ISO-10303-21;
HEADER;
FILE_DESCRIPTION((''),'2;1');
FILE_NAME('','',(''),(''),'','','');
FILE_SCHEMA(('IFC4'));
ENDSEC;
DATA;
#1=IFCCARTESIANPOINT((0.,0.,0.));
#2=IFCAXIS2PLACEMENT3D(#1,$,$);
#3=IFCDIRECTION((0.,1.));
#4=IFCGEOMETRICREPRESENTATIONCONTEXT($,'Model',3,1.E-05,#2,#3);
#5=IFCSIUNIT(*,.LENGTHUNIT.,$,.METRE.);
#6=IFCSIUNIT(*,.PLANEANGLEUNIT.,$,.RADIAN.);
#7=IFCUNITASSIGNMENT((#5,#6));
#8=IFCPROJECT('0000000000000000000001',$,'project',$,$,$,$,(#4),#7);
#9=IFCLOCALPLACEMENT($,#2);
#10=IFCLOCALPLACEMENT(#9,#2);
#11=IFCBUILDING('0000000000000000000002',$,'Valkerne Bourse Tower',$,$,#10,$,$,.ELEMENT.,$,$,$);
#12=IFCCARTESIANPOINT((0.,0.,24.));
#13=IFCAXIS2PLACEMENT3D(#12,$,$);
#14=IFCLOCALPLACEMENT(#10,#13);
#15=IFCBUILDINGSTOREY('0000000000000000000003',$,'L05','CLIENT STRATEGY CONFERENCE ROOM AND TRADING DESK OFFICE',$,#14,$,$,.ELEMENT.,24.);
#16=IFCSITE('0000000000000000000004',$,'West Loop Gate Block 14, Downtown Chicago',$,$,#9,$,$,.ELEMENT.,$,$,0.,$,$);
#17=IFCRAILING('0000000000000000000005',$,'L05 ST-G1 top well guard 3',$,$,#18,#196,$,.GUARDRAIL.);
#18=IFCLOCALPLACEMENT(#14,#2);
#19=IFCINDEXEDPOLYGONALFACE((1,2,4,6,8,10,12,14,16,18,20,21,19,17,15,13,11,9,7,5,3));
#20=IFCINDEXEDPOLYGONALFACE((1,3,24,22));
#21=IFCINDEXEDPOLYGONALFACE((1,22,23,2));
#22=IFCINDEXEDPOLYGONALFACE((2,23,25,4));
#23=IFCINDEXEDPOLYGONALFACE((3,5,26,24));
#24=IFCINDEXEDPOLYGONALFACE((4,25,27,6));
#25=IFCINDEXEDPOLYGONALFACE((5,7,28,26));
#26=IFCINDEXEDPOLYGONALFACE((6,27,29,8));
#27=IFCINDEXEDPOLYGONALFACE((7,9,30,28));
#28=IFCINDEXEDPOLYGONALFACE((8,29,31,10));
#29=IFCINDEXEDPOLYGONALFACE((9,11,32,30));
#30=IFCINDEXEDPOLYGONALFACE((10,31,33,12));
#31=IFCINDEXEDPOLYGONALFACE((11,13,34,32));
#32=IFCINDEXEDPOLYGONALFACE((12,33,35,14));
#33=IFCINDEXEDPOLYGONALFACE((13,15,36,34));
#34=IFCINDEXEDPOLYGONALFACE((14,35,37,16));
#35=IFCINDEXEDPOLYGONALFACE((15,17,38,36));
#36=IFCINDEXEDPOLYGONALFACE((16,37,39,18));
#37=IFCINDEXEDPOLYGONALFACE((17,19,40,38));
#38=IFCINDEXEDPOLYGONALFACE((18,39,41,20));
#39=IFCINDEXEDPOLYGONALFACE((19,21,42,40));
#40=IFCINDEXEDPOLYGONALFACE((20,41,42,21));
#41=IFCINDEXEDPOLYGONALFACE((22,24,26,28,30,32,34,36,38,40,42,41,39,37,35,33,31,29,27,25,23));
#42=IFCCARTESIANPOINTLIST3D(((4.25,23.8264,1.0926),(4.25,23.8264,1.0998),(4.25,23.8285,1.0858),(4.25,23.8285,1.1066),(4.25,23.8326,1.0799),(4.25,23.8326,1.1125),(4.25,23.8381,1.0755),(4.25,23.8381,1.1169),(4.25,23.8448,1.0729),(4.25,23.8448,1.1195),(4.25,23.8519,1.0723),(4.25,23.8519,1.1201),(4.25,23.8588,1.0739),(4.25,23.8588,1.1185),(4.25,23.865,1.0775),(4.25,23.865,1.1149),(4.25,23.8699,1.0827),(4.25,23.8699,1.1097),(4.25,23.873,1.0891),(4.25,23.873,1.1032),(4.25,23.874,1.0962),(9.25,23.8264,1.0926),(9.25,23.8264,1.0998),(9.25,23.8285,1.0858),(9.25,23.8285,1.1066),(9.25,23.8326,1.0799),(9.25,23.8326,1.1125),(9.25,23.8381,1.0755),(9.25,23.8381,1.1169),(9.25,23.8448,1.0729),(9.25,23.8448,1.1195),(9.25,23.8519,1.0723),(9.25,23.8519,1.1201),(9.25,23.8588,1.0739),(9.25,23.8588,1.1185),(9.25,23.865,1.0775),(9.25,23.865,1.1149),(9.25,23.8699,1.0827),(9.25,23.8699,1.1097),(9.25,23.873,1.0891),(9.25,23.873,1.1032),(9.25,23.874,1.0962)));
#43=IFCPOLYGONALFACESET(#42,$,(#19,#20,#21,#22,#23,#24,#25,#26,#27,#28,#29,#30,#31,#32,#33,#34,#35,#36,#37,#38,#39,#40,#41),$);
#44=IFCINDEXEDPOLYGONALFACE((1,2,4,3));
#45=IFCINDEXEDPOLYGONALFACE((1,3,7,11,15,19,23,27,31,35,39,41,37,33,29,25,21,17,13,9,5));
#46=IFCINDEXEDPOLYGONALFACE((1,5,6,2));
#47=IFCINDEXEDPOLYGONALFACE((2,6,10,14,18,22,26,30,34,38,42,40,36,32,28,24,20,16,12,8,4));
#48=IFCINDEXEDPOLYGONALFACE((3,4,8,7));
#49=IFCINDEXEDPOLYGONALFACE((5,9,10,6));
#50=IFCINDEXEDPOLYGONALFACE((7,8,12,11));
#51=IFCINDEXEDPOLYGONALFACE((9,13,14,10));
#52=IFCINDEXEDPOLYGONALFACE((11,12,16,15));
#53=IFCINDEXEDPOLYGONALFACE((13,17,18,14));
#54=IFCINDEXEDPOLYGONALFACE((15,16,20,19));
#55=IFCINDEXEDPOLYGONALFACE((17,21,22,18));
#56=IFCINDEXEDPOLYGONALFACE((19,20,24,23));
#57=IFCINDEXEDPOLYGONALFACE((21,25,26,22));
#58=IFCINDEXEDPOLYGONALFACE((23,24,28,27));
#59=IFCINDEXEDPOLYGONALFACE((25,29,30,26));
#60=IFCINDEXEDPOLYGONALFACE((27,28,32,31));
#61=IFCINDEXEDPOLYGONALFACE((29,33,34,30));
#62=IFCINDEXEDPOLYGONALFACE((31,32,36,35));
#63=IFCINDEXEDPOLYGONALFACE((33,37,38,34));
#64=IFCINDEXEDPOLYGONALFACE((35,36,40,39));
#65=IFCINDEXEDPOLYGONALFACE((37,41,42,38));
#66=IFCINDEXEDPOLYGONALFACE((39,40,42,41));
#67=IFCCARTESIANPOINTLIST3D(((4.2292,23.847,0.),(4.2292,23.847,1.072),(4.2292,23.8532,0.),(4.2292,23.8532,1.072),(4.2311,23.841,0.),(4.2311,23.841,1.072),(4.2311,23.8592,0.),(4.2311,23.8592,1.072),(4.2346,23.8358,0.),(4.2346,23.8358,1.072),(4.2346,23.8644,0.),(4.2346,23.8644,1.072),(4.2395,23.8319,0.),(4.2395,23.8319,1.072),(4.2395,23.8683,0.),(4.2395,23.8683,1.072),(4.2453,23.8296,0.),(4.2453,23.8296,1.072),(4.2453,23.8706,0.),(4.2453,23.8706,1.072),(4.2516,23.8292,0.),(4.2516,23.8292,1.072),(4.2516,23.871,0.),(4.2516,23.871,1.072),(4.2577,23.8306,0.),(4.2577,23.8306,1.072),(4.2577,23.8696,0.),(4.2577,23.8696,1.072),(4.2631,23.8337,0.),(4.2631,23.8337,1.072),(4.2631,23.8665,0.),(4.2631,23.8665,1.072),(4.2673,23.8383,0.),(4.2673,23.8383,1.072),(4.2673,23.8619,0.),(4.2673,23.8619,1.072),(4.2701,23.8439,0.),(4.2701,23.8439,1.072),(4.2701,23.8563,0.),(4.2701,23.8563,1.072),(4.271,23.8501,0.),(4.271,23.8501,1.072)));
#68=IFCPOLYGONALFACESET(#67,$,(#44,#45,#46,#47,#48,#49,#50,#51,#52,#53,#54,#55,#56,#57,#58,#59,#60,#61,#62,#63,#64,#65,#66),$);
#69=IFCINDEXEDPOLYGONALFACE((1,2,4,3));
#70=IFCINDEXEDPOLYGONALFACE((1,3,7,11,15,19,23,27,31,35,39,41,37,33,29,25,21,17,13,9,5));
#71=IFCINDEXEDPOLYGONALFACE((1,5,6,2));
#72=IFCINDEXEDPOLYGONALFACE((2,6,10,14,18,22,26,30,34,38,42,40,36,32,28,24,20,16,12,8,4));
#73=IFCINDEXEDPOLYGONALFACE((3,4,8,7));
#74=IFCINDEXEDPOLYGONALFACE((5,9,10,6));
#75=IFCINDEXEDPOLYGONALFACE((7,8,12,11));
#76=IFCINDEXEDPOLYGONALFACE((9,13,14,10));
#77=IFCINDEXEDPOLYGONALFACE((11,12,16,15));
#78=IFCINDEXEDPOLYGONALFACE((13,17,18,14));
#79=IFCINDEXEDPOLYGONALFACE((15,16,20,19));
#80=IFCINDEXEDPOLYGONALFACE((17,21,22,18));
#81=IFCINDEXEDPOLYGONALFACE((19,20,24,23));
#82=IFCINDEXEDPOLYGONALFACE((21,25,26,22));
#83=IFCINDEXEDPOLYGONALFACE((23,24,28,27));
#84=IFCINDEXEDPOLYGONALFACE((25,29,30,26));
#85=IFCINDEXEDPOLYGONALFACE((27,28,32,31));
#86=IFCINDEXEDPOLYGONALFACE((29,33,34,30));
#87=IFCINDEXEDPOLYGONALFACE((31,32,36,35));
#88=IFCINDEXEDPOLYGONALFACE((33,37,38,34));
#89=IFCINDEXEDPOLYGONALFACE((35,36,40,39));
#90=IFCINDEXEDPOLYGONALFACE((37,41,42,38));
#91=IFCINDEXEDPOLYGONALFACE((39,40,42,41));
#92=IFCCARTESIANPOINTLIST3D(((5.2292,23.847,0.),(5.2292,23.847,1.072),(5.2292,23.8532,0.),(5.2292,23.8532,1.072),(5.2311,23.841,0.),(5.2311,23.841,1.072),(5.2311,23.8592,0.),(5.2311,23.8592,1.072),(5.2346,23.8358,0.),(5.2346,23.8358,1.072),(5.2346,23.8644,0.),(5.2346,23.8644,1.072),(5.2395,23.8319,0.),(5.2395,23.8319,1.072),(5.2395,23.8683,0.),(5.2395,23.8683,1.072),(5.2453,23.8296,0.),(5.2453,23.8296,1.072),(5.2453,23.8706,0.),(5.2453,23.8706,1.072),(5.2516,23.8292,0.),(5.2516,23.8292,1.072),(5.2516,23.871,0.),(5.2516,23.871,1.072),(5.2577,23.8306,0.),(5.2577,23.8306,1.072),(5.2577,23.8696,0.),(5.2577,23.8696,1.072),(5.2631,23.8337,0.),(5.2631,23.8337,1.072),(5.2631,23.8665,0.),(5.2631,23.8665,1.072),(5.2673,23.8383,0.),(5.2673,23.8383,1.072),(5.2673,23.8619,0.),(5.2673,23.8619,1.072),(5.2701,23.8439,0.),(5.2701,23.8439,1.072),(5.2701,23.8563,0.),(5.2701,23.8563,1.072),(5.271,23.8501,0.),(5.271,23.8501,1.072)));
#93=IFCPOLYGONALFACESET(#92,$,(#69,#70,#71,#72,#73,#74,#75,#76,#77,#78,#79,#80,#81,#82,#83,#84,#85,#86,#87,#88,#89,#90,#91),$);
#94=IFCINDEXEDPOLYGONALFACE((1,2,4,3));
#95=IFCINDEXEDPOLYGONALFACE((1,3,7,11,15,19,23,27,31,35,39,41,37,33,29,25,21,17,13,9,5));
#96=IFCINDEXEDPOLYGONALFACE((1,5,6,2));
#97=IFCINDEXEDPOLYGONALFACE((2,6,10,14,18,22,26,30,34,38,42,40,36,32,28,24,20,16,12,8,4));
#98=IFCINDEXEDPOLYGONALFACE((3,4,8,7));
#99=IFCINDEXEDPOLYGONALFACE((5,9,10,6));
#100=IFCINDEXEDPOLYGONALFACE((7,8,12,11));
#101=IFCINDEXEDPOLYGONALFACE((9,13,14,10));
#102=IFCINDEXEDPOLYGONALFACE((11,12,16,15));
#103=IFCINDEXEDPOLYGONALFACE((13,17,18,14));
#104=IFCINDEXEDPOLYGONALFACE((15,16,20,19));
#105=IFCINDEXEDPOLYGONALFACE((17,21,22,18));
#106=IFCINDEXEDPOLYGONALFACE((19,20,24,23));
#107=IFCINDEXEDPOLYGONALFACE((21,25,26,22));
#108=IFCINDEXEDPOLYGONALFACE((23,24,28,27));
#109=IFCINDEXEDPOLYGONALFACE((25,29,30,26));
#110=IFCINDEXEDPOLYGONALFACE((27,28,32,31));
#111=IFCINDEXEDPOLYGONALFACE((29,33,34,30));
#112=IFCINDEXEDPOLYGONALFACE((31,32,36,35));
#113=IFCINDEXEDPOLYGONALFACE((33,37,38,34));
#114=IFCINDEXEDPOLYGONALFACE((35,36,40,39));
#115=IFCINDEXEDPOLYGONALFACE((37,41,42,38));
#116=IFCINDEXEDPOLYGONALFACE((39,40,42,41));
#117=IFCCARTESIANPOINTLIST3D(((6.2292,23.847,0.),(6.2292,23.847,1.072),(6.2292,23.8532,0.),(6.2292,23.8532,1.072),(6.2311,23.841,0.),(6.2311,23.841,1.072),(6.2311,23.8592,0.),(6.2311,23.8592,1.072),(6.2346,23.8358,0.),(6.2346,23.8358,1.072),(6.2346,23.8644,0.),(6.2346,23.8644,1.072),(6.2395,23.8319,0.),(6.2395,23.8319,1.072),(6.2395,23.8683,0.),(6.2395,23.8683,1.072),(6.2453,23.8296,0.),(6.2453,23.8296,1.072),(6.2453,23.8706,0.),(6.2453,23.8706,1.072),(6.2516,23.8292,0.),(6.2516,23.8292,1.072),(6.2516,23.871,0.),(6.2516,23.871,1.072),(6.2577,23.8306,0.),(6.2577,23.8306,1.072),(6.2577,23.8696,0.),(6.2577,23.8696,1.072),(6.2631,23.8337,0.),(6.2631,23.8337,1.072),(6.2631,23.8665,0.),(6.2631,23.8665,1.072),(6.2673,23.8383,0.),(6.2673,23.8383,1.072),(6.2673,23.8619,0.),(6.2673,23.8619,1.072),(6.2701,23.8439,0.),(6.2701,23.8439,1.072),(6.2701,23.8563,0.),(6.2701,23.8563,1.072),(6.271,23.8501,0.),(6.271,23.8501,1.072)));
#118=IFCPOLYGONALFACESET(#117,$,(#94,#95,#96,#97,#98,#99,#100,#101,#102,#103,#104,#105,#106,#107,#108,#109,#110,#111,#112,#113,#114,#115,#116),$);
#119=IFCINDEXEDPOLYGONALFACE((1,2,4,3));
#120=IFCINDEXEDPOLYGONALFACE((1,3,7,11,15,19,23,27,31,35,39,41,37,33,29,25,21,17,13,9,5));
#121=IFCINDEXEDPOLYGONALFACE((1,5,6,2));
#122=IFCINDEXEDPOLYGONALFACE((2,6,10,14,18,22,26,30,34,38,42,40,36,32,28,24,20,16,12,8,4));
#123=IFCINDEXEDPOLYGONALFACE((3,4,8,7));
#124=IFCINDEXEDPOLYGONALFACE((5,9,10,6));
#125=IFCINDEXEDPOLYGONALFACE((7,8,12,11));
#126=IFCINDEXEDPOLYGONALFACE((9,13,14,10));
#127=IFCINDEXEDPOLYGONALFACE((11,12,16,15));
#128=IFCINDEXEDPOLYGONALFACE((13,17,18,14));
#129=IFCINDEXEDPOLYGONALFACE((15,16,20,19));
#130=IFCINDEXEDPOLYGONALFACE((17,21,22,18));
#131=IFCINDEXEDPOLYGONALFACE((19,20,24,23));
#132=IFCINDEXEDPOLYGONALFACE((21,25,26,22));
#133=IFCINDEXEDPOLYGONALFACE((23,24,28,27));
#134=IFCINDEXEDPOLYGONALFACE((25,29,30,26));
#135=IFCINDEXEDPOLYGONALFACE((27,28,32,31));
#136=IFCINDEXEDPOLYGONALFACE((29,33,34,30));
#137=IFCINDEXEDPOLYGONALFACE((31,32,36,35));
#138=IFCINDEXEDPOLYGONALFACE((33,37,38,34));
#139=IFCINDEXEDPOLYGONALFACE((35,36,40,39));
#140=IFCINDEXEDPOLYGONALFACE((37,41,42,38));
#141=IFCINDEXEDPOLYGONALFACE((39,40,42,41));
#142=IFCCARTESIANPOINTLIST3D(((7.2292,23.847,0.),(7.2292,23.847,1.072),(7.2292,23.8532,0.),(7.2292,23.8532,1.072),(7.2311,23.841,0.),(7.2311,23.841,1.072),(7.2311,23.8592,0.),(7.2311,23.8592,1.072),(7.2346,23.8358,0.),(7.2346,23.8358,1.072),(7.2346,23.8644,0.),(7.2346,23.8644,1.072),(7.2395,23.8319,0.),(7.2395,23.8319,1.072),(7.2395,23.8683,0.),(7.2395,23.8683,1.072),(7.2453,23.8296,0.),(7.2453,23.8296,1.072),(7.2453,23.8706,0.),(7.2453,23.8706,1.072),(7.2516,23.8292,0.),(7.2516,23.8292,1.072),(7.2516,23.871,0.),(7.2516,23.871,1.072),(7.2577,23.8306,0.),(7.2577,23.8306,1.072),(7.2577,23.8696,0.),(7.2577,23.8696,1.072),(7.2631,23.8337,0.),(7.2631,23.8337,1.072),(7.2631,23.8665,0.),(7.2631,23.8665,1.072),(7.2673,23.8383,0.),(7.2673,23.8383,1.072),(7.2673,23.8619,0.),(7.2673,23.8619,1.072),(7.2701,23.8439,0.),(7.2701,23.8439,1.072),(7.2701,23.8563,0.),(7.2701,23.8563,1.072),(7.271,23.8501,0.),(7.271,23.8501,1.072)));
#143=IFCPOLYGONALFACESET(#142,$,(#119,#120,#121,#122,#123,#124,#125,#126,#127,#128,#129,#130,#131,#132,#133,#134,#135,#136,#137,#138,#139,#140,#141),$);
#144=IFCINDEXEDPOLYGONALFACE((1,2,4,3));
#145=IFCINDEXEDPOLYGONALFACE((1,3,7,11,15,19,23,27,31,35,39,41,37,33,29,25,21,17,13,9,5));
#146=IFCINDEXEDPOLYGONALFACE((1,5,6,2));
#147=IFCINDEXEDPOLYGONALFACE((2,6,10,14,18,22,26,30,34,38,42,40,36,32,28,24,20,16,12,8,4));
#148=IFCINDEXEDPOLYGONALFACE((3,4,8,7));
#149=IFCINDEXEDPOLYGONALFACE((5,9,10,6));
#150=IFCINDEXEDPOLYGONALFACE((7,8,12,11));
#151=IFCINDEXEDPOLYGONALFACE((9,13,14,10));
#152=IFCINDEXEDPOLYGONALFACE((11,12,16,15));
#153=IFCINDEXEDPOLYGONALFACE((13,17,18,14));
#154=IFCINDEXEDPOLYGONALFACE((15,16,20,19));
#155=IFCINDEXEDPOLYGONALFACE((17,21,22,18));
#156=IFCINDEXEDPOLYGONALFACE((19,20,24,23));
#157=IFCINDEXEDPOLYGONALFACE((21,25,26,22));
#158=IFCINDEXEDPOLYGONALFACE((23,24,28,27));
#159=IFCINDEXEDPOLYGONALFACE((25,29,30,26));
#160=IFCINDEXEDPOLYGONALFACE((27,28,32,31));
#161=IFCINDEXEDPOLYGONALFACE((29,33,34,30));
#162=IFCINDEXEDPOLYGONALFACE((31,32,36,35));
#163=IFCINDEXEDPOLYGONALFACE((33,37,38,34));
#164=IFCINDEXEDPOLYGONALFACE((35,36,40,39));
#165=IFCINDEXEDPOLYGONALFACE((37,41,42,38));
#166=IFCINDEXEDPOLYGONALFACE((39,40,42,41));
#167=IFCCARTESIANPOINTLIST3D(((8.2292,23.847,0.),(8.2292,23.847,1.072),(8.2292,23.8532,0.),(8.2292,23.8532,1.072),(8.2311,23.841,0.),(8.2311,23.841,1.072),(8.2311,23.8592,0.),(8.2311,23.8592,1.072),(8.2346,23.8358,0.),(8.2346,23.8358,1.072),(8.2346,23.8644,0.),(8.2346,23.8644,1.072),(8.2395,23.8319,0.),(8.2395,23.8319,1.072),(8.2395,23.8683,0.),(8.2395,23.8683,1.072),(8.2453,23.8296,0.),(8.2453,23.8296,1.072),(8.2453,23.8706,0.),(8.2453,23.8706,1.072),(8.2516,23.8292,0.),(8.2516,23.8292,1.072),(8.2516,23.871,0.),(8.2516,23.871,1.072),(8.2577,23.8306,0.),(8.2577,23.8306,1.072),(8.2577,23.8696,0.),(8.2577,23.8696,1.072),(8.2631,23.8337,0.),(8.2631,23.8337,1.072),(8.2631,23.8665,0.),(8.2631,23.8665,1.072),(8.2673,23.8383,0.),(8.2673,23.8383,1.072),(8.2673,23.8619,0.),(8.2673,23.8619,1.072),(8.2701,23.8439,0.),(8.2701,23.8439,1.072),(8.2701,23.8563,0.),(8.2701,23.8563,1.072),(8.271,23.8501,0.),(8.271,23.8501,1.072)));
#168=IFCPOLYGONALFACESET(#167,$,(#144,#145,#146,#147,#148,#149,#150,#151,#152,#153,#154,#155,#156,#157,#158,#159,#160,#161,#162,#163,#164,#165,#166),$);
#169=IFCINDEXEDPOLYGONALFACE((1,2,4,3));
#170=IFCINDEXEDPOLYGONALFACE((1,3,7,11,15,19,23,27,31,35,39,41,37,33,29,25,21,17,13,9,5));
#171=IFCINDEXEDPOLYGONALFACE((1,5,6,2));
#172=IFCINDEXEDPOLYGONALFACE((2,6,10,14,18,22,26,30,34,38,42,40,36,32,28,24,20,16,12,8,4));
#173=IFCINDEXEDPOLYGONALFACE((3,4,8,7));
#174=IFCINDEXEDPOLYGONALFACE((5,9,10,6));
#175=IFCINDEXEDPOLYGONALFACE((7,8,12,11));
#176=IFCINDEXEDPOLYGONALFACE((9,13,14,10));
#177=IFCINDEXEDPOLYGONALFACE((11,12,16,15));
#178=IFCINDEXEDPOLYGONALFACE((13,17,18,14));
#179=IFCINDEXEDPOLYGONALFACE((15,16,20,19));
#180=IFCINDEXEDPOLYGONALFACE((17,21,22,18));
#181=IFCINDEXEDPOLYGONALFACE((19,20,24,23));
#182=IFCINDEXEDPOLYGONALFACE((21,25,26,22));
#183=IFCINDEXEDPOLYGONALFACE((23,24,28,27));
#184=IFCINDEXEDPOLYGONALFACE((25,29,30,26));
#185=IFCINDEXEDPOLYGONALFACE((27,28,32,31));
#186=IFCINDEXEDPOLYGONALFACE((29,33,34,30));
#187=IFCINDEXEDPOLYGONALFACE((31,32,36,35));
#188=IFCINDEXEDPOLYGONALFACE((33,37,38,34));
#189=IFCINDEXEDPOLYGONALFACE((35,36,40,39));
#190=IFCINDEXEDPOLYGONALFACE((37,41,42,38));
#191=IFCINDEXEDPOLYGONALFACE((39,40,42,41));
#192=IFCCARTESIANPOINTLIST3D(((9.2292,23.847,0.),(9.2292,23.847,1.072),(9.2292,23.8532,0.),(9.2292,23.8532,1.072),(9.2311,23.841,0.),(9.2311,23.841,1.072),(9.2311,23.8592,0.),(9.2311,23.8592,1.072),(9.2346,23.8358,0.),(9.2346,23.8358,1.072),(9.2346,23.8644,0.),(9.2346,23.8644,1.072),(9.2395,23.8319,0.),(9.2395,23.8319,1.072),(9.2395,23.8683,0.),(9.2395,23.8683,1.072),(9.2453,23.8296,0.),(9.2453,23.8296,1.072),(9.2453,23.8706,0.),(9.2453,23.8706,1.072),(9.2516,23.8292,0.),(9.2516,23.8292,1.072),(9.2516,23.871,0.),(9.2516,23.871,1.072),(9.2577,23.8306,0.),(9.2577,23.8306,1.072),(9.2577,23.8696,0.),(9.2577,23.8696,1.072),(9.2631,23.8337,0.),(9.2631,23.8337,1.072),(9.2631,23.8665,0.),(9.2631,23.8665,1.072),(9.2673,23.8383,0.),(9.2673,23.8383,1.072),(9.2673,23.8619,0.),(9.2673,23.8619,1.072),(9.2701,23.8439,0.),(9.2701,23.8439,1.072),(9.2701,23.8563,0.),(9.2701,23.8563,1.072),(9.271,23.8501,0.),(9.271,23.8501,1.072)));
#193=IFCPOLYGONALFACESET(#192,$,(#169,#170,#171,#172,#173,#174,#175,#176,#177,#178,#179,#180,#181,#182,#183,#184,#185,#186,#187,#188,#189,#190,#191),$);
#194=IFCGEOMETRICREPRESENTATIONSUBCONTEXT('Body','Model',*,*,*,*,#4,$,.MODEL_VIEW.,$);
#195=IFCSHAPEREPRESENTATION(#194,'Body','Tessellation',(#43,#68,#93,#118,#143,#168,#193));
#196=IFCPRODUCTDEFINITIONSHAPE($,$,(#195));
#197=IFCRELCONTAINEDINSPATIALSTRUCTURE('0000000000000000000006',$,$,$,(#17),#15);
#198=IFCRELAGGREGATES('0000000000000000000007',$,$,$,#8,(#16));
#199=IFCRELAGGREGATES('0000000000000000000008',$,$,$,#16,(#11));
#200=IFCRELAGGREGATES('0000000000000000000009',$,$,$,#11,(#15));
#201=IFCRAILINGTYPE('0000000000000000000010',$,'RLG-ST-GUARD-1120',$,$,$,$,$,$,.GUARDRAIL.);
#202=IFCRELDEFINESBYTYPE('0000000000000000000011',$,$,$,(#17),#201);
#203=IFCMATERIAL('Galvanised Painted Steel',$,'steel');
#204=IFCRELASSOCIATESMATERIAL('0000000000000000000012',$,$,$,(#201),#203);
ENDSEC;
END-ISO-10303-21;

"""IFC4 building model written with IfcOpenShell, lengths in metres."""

from ifc_helpers import new_model, si_unit, direction, frame, origin, origin_2d, place, context, subcontext, project, spatial, circle, extrude, material, type_object, element, save


model = new_model("IFC4")

# Units and contexts
model_context = context("Model", 3, precision=1e-05, world=origin(), true_north=direction((0.0, 1.0)))
body_context = subcontext(model_context, "Body", "Model", "MODEL_VIEW")
ifc_project = project(units=[si_unit("LENGTHUNIT", "METRE"), si_unit("PLANEANGLEUNIT", "RADIAN")], contexts=[model_context])

# Site, building, storey
site_placement = place(None, origin())
site = spatial("IfcSite", under=ifc_project, at=site_placement, Name="West Loop Gate Block 14, Downtown Chicago", CompositionType="ELEMENT", RefElevation=0.0)
building_placement = place(site_placement, origin())
building = spatial("IfcBuilding", under=site, at=building_placement, Name="Valkerne Bourse Tower", CompositionType="ELEMENT")
storey_placement = place(building_placement, frame((0.0, 0.0, 24.0)))
storey = spatial("IfcBuildingStorey", under=building, at=storey_placement, Name="L05", Description="CLIENT STRATEGY CONFERENCE ROOM AND TRADING DESK OFFICE", CompositionType="ELEMENT", Elevation=24.0)

# Railing
ifc_material_1 = material(Name="Galvanised Painted Steel", Category="steel")
railing_type = type_object("IfcRailingType", Name="RLG-ST-GUARD-1120", PredefinedType="GUARDRAIL", material=ifc_material_1)
for number, where, name in (
    (1, (4.25, 23.8501, 0.0), "L05 ST-G1 top well guard 3"),
):
    element("IfcRailing", number, at=place(storey_placement, frame(where)), inside=storey, type_object=railing_type, Name=name, PredefinedType="GUARDRAIL", context=body_context, shape_type="SweptSolid", body=[
        extrude(circle(Radius=0.0239, at=origin_2d()), frame((0.0, 0.0, 1.0962), z_axis=(1.0, 0.0, 0.0), x_axis=(0.0, 1.0, 0.0)), (0.0, 0.0, 1.0), 5.0),
        extrude(circle(Radius=0.021, at=origin_2d()), origin(), (0.0, 0.0, 1.0), 1.072),
        extrude(circle(Radius=0.021, at=origin_2d()), frame((1.0, 0.0, 0.0)), (0.0, 0.0, 1.0), 1.072),
        extrude(circle(Radius=0.021, at=origin_2d()), frame((2.0, 0.0, 0.0)), (0.0, 0.0, 1.0), 1.072),
        extrude(circle(Radius=0.021, at=origin_2d()), frame((3.0, 0.0, 0.0)), (0.0, 0.0, 1.0), 1.072),
        extrude(circle(Radius=0.021, at=origin_2d()), frame((4.0, 0.0, 0.0)), (0.0, 0.0, 1.0), 1.072),
        extrude(circle(Radius=0.021, at=origin_2d()), frame((5.0, 0.0, 0.0)), (0.0, 0.0, 1.0), 1.072),
    ])

save(model, "model.ifc")
